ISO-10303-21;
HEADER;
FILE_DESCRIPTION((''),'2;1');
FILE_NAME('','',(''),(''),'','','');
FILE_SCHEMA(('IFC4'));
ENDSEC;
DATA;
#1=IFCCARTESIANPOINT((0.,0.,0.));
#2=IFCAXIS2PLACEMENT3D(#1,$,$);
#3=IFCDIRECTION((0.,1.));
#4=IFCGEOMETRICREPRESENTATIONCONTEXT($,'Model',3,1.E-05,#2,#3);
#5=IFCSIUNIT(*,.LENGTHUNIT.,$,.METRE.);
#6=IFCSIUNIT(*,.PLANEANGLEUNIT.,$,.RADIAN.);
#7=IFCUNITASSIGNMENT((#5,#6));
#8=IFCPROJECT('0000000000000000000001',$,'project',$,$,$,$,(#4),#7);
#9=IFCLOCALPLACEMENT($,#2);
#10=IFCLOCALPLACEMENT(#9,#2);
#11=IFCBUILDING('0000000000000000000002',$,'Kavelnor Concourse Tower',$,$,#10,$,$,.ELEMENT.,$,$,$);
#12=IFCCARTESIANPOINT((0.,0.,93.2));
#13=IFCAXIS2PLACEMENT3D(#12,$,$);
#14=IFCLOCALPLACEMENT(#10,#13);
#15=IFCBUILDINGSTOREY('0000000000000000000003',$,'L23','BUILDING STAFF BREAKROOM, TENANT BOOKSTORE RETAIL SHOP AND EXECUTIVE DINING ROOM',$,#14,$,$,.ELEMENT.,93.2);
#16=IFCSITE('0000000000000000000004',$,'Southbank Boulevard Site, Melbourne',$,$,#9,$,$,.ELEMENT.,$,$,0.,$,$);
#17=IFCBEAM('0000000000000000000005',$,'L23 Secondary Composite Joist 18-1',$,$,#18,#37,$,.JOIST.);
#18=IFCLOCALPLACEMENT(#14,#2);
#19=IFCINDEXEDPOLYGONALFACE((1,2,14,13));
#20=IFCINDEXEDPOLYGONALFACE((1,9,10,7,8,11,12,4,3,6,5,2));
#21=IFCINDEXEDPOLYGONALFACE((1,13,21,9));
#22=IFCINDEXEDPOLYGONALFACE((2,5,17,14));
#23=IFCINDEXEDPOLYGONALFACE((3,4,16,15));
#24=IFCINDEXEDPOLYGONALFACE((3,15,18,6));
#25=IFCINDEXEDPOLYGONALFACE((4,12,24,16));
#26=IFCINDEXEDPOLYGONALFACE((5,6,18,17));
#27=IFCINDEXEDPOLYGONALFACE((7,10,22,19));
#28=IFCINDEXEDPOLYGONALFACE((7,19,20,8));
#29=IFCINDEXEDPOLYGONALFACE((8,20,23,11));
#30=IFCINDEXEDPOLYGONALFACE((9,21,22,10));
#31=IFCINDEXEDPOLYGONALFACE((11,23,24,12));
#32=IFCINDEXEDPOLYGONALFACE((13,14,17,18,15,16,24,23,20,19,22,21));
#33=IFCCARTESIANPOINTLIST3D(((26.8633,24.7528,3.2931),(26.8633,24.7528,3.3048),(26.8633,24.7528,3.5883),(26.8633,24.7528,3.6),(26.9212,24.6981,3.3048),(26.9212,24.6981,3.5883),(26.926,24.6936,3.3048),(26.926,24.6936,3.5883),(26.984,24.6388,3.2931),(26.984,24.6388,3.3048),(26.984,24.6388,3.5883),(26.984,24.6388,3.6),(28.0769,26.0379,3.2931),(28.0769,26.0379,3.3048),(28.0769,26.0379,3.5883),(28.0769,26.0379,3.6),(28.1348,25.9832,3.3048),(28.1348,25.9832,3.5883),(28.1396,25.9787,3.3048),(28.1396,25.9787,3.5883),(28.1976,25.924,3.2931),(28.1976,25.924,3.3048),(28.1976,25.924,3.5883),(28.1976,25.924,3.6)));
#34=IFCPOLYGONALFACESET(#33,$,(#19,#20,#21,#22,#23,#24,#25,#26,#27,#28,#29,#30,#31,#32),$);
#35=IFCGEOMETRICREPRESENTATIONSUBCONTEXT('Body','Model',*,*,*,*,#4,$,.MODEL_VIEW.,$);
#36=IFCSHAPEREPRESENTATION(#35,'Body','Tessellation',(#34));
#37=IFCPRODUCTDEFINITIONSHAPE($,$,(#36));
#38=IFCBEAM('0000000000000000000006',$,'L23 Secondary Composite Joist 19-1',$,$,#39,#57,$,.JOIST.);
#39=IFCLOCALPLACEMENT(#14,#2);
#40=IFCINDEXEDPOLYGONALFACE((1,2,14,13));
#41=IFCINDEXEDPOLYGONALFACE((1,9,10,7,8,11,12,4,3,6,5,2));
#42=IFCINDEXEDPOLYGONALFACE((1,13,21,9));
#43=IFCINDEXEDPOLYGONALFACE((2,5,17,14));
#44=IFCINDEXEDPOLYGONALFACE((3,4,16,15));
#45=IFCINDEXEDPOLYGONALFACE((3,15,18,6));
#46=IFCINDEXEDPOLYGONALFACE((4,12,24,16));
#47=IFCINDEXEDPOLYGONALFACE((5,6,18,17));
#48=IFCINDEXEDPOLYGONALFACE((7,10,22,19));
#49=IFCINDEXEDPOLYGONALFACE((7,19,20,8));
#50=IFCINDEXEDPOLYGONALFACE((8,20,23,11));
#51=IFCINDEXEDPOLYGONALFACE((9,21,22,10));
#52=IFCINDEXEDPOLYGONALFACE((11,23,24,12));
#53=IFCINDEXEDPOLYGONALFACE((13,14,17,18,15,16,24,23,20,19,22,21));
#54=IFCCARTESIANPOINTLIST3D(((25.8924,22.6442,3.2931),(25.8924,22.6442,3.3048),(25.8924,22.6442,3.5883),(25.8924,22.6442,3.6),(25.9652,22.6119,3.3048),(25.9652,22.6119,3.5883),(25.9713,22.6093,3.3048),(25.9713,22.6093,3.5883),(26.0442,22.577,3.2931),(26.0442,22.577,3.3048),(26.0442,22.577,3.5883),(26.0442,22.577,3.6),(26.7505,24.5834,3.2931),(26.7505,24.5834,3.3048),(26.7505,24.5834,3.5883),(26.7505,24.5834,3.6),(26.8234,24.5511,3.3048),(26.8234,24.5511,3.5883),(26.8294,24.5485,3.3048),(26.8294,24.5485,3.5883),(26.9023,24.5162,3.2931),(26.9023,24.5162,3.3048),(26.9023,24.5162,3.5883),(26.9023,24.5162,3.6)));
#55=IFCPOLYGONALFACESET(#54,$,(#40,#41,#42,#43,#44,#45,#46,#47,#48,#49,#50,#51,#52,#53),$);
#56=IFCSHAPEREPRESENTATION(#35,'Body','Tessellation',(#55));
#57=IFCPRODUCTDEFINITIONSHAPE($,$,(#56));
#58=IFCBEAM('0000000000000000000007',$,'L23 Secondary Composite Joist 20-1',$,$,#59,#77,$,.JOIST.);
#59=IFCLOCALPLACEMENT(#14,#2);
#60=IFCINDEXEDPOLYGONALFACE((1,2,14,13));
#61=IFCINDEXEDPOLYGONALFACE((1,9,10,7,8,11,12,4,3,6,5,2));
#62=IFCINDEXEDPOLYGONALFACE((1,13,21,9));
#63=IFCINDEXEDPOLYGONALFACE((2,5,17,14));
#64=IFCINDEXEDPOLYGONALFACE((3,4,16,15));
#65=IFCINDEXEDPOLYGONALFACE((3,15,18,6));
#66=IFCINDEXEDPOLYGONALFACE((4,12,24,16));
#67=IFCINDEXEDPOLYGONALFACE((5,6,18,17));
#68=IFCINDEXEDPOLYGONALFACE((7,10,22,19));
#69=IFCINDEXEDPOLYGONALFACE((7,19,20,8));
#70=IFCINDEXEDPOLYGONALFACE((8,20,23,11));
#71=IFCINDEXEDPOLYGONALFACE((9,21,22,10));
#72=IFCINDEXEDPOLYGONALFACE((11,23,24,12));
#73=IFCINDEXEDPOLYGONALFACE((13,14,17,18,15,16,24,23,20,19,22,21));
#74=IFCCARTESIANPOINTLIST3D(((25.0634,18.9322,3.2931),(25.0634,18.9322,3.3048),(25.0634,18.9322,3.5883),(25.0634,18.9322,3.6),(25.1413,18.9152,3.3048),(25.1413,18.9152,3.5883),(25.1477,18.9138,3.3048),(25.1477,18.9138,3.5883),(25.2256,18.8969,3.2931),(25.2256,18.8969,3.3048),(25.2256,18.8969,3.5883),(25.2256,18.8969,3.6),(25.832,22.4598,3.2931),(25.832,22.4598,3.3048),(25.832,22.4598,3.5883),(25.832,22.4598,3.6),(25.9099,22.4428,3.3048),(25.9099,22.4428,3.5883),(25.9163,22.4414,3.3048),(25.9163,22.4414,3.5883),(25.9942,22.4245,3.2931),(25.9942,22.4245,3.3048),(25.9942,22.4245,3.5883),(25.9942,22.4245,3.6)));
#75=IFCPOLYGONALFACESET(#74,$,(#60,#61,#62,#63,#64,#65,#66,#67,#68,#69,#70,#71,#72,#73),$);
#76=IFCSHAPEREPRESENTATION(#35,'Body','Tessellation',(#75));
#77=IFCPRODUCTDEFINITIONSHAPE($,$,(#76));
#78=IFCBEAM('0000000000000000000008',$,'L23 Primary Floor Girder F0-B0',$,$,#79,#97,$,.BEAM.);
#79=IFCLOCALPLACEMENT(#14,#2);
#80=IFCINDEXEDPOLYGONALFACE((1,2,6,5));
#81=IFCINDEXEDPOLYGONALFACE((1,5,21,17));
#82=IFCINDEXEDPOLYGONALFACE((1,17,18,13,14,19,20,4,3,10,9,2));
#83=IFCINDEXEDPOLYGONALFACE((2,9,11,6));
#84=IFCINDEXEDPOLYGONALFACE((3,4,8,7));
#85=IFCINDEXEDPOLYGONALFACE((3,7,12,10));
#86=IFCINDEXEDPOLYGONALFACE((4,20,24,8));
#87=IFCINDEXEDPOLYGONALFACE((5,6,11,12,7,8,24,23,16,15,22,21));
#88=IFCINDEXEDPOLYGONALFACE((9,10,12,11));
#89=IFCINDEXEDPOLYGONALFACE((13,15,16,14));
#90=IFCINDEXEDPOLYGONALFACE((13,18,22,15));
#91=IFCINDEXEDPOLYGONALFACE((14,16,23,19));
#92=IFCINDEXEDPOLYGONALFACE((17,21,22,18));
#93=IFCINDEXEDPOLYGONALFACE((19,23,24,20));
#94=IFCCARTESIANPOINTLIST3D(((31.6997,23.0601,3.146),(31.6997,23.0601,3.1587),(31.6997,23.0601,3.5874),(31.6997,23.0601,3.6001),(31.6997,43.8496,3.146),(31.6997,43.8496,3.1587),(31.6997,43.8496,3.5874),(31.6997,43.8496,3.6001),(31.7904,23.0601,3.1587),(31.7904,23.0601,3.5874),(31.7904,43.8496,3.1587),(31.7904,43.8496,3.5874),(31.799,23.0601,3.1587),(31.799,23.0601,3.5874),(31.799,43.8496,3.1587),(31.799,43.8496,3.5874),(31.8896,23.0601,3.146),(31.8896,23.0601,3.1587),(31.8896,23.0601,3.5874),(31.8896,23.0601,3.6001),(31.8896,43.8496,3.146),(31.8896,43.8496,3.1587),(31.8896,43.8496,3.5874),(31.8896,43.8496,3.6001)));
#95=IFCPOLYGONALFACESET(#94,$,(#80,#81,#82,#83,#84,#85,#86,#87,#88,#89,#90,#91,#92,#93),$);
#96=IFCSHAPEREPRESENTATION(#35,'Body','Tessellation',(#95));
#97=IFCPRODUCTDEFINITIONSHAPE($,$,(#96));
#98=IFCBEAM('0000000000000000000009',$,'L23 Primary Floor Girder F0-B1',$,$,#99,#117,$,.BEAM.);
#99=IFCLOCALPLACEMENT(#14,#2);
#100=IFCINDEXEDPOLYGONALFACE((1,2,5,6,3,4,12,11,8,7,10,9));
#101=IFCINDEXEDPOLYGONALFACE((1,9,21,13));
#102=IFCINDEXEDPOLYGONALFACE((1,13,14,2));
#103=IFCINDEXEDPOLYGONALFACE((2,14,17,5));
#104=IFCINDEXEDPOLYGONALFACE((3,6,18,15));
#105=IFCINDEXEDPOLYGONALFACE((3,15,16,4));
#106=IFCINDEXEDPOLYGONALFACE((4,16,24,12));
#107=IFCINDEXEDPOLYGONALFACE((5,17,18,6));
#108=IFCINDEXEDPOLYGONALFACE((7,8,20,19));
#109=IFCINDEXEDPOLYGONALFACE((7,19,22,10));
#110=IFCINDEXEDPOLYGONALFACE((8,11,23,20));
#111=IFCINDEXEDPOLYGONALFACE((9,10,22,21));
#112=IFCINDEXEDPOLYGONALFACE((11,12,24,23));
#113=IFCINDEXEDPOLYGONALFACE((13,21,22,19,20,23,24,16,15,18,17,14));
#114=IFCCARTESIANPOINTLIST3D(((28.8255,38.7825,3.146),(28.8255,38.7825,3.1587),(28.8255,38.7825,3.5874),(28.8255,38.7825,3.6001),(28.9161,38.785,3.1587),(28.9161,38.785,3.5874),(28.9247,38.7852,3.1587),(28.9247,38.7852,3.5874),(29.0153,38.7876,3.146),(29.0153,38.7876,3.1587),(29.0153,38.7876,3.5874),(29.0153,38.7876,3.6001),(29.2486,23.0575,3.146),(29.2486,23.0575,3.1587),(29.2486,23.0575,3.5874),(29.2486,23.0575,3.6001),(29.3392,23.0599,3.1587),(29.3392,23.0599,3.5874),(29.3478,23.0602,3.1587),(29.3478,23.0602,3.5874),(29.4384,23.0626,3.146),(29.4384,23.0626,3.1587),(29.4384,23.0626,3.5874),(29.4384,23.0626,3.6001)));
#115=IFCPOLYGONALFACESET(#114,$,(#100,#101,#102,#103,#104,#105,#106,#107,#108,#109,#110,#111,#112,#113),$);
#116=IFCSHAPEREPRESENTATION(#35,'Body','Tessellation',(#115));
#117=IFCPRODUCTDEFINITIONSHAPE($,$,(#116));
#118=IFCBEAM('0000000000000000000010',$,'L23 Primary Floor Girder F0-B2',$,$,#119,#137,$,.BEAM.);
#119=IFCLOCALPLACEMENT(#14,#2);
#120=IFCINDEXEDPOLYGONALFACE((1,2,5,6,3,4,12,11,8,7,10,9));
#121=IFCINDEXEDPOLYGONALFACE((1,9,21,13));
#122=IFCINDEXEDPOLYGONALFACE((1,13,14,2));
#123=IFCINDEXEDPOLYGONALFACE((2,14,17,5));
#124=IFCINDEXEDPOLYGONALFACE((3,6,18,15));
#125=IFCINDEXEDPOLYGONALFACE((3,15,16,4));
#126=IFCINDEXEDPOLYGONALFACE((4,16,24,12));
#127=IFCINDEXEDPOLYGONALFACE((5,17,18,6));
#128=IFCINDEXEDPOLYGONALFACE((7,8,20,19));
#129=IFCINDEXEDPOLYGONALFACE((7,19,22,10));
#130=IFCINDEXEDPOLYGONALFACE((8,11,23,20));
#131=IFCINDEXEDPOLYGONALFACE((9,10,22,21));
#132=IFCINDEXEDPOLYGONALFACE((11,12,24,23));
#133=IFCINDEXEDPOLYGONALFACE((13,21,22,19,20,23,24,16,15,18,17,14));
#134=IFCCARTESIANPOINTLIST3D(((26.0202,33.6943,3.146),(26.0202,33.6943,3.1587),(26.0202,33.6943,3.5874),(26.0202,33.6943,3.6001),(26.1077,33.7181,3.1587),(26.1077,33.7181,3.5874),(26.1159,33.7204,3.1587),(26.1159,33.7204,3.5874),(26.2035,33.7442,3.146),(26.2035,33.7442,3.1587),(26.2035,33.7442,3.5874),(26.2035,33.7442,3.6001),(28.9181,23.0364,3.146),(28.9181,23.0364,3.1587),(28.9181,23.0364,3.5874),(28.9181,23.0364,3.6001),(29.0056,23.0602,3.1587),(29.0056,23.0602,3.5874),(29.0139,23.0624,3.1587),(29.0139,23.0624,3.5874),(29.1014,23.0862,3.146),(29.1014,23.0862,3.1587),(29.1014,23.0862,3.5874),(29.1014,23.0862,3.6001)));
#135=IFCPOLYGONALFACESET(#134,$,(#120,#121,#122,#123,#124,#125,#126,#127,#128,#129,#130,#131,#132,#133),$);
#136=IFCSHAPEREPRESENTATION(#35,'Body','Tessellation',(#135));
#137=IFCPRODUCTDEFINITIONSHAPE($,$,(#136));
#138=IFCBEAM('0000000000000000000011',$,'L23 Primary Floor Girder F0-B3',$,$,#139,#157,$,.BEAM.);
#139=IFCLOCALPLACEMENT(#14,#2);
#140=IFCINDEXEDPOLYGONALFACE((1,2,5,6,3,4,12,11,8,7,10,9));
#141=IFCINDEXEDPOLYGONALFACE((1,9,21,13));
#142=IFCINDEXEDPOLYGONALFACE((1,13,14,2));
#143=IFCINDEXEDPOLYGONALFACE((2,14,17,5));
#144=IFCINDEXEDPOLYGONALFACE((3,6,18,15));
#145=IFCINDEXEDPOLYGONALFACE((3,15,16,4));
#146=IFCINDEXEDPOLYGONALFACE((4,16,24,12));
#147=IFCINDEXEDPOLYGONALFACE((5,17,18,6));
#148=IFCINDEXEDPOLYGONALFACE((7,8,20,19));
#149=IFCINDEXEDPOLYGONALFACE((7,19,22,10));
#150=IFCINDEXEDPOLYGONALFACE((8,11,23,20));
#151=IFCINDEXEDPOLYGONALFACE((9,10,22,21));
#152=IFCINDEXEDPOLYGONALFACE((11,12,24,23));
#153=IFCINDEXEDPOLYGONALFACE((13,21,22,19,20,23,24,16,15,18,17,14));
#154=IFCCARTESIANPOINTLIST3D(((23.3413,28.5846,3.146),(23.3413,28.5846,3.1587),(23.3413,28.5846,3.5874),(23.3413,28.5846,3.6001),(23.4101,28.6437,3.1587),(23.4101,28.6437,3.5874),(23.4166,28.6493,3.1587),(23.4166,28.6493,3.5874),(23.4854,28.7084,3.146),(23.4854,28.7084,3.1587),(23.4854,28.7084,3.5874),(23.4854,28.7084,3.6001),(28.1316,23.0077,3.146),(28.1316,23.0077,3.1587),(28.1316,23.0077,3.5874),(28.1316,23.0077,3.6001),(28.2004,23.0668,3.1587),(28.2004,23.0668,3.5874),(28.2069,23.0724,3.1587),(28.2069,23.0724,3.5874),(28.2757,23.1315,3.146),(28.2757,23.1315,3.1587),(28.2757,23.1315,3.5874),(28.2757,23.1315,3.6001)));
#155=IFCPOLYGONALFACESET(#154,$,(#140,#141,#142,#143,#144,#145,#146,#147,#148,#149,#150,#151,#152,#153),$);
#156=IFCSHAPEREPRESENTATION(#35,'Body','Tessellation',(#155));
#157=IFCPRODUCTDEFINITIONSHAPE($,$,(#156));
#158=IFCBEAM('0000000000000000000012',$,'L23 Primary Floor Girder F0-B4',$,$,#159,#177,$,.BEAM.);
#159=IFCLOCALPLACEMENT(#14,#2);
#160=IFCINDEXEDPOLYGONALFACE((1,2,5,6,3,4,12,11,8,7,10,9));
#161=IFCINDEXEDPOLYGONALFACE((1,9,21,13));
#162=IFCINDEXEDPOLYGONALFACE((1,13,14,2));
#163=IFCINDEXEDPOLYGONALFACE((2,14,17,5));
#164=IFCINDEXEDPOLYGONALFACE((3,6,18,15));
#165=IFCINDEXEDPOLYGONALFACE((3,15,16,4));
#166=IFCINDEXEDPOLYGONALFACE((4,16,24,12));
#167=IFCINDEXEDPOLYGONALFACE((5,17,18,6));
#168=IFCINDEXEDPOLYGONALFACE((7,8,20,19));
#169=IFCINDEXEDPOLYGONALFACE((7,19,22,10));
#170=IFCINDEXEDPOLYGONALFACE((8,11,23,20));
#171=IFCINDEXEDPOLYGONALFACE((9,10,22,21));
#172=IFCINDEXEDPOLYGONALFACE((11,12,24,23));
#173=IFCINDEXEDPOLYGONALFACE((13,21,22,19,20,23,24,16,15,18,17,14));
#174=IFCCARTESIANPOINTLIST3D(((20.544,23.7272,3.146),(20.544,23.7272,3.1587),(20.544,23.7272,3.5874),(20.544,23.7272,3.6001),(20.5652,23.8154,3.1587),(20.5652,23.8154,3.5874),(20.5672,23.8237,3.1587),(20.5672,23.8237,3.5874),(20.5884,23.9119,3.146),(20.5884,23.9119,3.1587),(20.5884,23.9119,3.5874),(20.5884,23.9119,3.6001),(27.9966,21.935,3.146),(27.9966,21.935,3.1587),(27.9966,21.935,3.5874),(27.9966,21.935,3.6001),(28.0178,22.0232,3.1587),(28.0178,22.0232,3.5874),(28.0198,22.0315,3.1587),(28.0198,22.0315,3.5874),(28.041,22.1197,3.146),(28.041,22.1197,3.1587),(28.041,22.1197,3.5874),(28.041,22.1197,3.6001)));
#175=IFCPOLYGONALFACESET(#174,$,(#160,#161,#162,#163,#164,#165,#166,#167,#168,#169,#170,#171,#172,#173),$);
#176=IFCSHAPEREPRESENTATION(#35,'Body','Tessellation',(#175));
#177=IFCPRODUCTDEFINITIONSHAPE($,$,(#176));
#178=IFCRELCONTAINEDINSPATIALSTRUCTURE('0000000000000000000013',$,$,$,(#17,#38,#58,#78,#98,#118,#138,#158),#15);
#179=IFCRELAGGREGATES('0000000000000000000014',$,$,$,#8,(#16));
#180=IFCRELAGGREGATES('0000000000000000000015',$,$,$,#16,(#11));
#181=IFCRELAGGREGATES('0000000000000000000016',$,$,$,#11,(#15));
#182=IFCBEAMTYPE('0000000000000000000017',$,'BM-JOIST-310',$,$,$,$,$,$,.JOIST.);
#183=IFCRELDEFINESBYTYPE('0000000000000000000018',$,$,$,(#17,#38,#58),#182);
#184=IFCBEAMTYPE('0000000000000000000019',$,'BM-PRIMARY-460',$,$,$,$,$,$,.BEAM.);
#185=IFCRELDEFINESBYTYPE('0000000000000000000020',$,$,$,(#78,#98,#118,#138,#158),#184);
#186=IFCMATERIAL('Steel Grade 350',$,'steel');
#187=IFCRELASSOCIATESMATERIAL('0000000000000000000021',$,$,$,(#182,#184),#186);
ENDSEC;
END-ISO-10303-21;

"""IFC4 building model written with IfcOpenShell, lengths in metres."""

from ifc_helpers import new_model, si_unit, direction, frame, origin, origin_2d, place, context, subcontext, project, spatial, i_section, extrude, material, material_profile, profile_set, type_object, element, save


model = new_model("IFC4")

# Units and contexts
model_context = context("Model", 3, precision=1e-05, world=origin(), true_north=direction((0.0, 1.0)))
body_context = subcontext(model_context, "Body", "Model", "MODEL_VIEW")
ifc_project = project(units=[si_unit("LENGTHUNIT", "METRE"), si_unit("PLANEANGLEUNIT", "RADIAN")], contexts=[model_context])

# Site, building, storey
site_placement = place(None, origin())
site = spatial("IfcSite", under=ifc_project, at=site_placement, Name="Southbank Boulevard Site, Melbourne", CompositionType="ELEMENT", RefElevation=0.0)
building_placement = place(site_placement, origin())
building = spatial("IfcBuilding", under=site, at=building_placement, Name="Kavelnor Concourse Tower", CompositionType="ELEMENT")
storey_placement = place(building_placement, frame((0.0, 0.0, 93.2)))
storey = spatial("IfcBuildingStorey", under=building, at=storey_placement, Name="L23", Description="BUILDING STAFF BREAKROOM, TENANT BOOKSTORE RETAIL SHOP AND EXECUTIVE DINING ROOM", CompositionType="ELEMENT", Elevation=93.2)

# Beams
ifc_material_1 = material(Name="Steel Grade 350", Category="steel")
ifc_material_profile_1 = material_profile(ifc_material_1, i_section(OverallWidth=0.166, OverallDepth=0.3069, WebThickness=0.0066, FlangeThickness=0.0117, at=origin_2d()), Name="310UB46")
ifc_profile_set_1 = profile_set([ifc_material_profile_1], Name="Steel Grade 350")
beam_type_1 = type_object("IfcBeamType", Name="BM-JOIST-310", PredefinedType="JOIST", material=ifc_profile_set_1)
beam_1_placement = place(storey_placement, frame((28.1372, 25.981, 3.4465), z_axis=(-0.686583, -0.727051, 0.0), x_axis=(0.727051, -0.686583, 0.0)))
element("IfcBeam", 1, at=beam_1_placement, inside=storey, type_object=beam_type_1, Name="L23 Secondary Composite Joist 18-1", PredefinedType="JOIST", context=body_context, shape_type="SweptSolid", body=[
    extrude(i_section(OverallWidth=0.166, OverallDepth=0.3069, WebThickness=0.0066, FlangeThickness=0.0117, at=origin_2d()), origin(), (0.0, 0.0, 1.0), 1.7676),
])
beam_2_placement = place(storey_placement, frame((26.8264, 24.5498, 3.4465), z_axis=(-0.404675, -0.914461, 0.0), x_axis=(0.914461, -0.404675, 0.0)))
element("IfcBeam", 2, at=beam_2_placement, inside=storey, type_object=beam_type_1, Name="L23 Secondary Composite Joist 19-1", PredefinedType="JOIST", context=body_context, shape_type="SweptSolid", body=[
    extrude(i_section(OverallWidth=0.166, OverallDepth=0.3069, WebThickness=0.0066, FlangeThickness=0.0117, at=origin_2d()), origin(), (0.0, 0.0, 1.0), 2.1206),
])
beam_3_placement = place(storey_placement, frame((25.9131, 22.4421, 3.4465), z_axis=(-0.212876, -0.977079, 0.0), x_axis=(0.977079, -0.212876, 0.0)))
element("IfcBeam", 3, at=beam_3_placement, inside=storey, type_object=beam_type_1, Name="L23 Secondary Composite Joist 20-1", PredefinedType="JOIST", context=body_context, shape_type="SweptSolid", body=[
    extrude(i_section(OverallWidth=0.166, OverallDepth=0.3069, WebThickness=0.0066, FlangeThickness=0.0117, at=origin_2d()), origin(), (0.0, 0.0, 1.0), 3.6104),
])
ifc_material_profile_2 = material_profile(ifc_material_1, i_section(OverallWidth=0.1899, OverallDepth=0.4541, WebThickness=0.0085, FlangeThickness=0.0127, at=origin_2d()), Name="460UB67")
ifc_profile_set_2 = profile_set([ifc_material_profile_2], Name="Steel Grade 350")
beam_type_2 = type_object("IfcBeamType", Name="BM-PRIMARY-460", PredefinedType="BEAM", material=ifc_profile_set_2)
beam_4_placement = place(storey_placement, frame((31.7947, 23.0601, 3.373), z_axis=(0.0, 1.0, 0.0), x_axis=(-1.0, 0.0, 0.0)))
element("IfcBeam", 4, at=beam_4_placement, inside=storey, type_object=beam_type_2, Name="L23 Primary Floor Girder F0-B0", PredefinedType="BEAM", context=body_context, shape_type="SweptSolid", body=[
    extrude(i_section(OverallWidth=0.1899, OverallDepth=0.4541, WebThickness=0.0085, FlangeThickness=0.0127, at=origin_2d()), origin(), (0.0, 0.0, 1.0), 20.7896),
])
beam_5_placement = place(storey_placement, frame((29.3435, 23.0601, 3.373), z_axis=(-0.026896, 0.999638, 0.0), x_axis=(-0.999638, -0.026896, 0.0)))
element("IfcBeam", 5, at=beam_5_placement, inside=storey, type_object=beam_type_2, Name="L23 Primary Floor Girder F0-B1", PredefinedType="BEAM", context=body_context, shape_type="SweptSolid", body=[
    extrude(i_section(OverallWidth=0.1899, OverallDepth=0.4541, WebThickness=0.0085, FlangeThickness=0.0127, at=origin_2d()), origin(), (0.0, 0.0, 1.0), 15.7307),
])
beam_6_placement = place(storey_placement, frame((29.0098, 23.0613, 3.373), z_axis=(-0.262379, 0.964965, 0.0), x_axis=(-0.964965, -0.262379, 0.0)))
element("IfcBeam", 6, at=beam_6_placement, inside=storey, type_object=beam_type_2, Name="L23 Primary Floor Girder F0-B2", PredefinedType="BEAM", context=body_context, shape_type="SweptSolid", body=[
    extrude(i_section(OverallWidth=0.1899, OverallDepth=0.4541, WebThickness=0.0085, FlangeThickness=0.0127, at=origin_2d()), origin(), (0.0, 0.0, 1.0), 11.0449),
])
beam_7_placement = place(storey_placement, frame((28.2036, 23.0696, 3.373), z_axis=(-0.651581, 0.758579, 0.0), x_axis=(-0.758579, -0.651581, 0.0)))
element("IfcBeam", 7, at=beam_7_placement, inside=storey, type_object=beam_type_2, Name="L23 Primary Floor Girder F0-B3", PredefinedType="BEAM", context=body_context, shape_type="SweptSolid", body=[
    extrude(i_section(OverallWidth=0.1899, OverallDepth=0.4541, WebThickness=0.0085, FlangeThickness=0.0127, at=origin_2d()), origin(), (0.0, 0.0, 1.0), 7.3518),
])
beam_8_placement = place(storey_placement, frame((28.0188, 22.0273, 3.373), z_axis=(-0.972281, 0.233817, 0.0), x_axis=(-0.233817, -0.972281, 0.0)))
element("IfcBeam", 8, at=beam_8_placement, inside=storey, type_object=beam_type_2, Name="L23 Primary Floor Girder F0-B4", PredefinedType="BEAM", context=body_context, shape_type="SweptSolid", body=[
    extrude(i_section(OverallWidth=0.1899, OverallDepth=0.4541, WebThickness=0.0085, FlangeThickness=0.0127, at=origin_2d()), origin(), (0.0, 0.0, 1.0), 7.665),
])

save(model, "model.ifc")
